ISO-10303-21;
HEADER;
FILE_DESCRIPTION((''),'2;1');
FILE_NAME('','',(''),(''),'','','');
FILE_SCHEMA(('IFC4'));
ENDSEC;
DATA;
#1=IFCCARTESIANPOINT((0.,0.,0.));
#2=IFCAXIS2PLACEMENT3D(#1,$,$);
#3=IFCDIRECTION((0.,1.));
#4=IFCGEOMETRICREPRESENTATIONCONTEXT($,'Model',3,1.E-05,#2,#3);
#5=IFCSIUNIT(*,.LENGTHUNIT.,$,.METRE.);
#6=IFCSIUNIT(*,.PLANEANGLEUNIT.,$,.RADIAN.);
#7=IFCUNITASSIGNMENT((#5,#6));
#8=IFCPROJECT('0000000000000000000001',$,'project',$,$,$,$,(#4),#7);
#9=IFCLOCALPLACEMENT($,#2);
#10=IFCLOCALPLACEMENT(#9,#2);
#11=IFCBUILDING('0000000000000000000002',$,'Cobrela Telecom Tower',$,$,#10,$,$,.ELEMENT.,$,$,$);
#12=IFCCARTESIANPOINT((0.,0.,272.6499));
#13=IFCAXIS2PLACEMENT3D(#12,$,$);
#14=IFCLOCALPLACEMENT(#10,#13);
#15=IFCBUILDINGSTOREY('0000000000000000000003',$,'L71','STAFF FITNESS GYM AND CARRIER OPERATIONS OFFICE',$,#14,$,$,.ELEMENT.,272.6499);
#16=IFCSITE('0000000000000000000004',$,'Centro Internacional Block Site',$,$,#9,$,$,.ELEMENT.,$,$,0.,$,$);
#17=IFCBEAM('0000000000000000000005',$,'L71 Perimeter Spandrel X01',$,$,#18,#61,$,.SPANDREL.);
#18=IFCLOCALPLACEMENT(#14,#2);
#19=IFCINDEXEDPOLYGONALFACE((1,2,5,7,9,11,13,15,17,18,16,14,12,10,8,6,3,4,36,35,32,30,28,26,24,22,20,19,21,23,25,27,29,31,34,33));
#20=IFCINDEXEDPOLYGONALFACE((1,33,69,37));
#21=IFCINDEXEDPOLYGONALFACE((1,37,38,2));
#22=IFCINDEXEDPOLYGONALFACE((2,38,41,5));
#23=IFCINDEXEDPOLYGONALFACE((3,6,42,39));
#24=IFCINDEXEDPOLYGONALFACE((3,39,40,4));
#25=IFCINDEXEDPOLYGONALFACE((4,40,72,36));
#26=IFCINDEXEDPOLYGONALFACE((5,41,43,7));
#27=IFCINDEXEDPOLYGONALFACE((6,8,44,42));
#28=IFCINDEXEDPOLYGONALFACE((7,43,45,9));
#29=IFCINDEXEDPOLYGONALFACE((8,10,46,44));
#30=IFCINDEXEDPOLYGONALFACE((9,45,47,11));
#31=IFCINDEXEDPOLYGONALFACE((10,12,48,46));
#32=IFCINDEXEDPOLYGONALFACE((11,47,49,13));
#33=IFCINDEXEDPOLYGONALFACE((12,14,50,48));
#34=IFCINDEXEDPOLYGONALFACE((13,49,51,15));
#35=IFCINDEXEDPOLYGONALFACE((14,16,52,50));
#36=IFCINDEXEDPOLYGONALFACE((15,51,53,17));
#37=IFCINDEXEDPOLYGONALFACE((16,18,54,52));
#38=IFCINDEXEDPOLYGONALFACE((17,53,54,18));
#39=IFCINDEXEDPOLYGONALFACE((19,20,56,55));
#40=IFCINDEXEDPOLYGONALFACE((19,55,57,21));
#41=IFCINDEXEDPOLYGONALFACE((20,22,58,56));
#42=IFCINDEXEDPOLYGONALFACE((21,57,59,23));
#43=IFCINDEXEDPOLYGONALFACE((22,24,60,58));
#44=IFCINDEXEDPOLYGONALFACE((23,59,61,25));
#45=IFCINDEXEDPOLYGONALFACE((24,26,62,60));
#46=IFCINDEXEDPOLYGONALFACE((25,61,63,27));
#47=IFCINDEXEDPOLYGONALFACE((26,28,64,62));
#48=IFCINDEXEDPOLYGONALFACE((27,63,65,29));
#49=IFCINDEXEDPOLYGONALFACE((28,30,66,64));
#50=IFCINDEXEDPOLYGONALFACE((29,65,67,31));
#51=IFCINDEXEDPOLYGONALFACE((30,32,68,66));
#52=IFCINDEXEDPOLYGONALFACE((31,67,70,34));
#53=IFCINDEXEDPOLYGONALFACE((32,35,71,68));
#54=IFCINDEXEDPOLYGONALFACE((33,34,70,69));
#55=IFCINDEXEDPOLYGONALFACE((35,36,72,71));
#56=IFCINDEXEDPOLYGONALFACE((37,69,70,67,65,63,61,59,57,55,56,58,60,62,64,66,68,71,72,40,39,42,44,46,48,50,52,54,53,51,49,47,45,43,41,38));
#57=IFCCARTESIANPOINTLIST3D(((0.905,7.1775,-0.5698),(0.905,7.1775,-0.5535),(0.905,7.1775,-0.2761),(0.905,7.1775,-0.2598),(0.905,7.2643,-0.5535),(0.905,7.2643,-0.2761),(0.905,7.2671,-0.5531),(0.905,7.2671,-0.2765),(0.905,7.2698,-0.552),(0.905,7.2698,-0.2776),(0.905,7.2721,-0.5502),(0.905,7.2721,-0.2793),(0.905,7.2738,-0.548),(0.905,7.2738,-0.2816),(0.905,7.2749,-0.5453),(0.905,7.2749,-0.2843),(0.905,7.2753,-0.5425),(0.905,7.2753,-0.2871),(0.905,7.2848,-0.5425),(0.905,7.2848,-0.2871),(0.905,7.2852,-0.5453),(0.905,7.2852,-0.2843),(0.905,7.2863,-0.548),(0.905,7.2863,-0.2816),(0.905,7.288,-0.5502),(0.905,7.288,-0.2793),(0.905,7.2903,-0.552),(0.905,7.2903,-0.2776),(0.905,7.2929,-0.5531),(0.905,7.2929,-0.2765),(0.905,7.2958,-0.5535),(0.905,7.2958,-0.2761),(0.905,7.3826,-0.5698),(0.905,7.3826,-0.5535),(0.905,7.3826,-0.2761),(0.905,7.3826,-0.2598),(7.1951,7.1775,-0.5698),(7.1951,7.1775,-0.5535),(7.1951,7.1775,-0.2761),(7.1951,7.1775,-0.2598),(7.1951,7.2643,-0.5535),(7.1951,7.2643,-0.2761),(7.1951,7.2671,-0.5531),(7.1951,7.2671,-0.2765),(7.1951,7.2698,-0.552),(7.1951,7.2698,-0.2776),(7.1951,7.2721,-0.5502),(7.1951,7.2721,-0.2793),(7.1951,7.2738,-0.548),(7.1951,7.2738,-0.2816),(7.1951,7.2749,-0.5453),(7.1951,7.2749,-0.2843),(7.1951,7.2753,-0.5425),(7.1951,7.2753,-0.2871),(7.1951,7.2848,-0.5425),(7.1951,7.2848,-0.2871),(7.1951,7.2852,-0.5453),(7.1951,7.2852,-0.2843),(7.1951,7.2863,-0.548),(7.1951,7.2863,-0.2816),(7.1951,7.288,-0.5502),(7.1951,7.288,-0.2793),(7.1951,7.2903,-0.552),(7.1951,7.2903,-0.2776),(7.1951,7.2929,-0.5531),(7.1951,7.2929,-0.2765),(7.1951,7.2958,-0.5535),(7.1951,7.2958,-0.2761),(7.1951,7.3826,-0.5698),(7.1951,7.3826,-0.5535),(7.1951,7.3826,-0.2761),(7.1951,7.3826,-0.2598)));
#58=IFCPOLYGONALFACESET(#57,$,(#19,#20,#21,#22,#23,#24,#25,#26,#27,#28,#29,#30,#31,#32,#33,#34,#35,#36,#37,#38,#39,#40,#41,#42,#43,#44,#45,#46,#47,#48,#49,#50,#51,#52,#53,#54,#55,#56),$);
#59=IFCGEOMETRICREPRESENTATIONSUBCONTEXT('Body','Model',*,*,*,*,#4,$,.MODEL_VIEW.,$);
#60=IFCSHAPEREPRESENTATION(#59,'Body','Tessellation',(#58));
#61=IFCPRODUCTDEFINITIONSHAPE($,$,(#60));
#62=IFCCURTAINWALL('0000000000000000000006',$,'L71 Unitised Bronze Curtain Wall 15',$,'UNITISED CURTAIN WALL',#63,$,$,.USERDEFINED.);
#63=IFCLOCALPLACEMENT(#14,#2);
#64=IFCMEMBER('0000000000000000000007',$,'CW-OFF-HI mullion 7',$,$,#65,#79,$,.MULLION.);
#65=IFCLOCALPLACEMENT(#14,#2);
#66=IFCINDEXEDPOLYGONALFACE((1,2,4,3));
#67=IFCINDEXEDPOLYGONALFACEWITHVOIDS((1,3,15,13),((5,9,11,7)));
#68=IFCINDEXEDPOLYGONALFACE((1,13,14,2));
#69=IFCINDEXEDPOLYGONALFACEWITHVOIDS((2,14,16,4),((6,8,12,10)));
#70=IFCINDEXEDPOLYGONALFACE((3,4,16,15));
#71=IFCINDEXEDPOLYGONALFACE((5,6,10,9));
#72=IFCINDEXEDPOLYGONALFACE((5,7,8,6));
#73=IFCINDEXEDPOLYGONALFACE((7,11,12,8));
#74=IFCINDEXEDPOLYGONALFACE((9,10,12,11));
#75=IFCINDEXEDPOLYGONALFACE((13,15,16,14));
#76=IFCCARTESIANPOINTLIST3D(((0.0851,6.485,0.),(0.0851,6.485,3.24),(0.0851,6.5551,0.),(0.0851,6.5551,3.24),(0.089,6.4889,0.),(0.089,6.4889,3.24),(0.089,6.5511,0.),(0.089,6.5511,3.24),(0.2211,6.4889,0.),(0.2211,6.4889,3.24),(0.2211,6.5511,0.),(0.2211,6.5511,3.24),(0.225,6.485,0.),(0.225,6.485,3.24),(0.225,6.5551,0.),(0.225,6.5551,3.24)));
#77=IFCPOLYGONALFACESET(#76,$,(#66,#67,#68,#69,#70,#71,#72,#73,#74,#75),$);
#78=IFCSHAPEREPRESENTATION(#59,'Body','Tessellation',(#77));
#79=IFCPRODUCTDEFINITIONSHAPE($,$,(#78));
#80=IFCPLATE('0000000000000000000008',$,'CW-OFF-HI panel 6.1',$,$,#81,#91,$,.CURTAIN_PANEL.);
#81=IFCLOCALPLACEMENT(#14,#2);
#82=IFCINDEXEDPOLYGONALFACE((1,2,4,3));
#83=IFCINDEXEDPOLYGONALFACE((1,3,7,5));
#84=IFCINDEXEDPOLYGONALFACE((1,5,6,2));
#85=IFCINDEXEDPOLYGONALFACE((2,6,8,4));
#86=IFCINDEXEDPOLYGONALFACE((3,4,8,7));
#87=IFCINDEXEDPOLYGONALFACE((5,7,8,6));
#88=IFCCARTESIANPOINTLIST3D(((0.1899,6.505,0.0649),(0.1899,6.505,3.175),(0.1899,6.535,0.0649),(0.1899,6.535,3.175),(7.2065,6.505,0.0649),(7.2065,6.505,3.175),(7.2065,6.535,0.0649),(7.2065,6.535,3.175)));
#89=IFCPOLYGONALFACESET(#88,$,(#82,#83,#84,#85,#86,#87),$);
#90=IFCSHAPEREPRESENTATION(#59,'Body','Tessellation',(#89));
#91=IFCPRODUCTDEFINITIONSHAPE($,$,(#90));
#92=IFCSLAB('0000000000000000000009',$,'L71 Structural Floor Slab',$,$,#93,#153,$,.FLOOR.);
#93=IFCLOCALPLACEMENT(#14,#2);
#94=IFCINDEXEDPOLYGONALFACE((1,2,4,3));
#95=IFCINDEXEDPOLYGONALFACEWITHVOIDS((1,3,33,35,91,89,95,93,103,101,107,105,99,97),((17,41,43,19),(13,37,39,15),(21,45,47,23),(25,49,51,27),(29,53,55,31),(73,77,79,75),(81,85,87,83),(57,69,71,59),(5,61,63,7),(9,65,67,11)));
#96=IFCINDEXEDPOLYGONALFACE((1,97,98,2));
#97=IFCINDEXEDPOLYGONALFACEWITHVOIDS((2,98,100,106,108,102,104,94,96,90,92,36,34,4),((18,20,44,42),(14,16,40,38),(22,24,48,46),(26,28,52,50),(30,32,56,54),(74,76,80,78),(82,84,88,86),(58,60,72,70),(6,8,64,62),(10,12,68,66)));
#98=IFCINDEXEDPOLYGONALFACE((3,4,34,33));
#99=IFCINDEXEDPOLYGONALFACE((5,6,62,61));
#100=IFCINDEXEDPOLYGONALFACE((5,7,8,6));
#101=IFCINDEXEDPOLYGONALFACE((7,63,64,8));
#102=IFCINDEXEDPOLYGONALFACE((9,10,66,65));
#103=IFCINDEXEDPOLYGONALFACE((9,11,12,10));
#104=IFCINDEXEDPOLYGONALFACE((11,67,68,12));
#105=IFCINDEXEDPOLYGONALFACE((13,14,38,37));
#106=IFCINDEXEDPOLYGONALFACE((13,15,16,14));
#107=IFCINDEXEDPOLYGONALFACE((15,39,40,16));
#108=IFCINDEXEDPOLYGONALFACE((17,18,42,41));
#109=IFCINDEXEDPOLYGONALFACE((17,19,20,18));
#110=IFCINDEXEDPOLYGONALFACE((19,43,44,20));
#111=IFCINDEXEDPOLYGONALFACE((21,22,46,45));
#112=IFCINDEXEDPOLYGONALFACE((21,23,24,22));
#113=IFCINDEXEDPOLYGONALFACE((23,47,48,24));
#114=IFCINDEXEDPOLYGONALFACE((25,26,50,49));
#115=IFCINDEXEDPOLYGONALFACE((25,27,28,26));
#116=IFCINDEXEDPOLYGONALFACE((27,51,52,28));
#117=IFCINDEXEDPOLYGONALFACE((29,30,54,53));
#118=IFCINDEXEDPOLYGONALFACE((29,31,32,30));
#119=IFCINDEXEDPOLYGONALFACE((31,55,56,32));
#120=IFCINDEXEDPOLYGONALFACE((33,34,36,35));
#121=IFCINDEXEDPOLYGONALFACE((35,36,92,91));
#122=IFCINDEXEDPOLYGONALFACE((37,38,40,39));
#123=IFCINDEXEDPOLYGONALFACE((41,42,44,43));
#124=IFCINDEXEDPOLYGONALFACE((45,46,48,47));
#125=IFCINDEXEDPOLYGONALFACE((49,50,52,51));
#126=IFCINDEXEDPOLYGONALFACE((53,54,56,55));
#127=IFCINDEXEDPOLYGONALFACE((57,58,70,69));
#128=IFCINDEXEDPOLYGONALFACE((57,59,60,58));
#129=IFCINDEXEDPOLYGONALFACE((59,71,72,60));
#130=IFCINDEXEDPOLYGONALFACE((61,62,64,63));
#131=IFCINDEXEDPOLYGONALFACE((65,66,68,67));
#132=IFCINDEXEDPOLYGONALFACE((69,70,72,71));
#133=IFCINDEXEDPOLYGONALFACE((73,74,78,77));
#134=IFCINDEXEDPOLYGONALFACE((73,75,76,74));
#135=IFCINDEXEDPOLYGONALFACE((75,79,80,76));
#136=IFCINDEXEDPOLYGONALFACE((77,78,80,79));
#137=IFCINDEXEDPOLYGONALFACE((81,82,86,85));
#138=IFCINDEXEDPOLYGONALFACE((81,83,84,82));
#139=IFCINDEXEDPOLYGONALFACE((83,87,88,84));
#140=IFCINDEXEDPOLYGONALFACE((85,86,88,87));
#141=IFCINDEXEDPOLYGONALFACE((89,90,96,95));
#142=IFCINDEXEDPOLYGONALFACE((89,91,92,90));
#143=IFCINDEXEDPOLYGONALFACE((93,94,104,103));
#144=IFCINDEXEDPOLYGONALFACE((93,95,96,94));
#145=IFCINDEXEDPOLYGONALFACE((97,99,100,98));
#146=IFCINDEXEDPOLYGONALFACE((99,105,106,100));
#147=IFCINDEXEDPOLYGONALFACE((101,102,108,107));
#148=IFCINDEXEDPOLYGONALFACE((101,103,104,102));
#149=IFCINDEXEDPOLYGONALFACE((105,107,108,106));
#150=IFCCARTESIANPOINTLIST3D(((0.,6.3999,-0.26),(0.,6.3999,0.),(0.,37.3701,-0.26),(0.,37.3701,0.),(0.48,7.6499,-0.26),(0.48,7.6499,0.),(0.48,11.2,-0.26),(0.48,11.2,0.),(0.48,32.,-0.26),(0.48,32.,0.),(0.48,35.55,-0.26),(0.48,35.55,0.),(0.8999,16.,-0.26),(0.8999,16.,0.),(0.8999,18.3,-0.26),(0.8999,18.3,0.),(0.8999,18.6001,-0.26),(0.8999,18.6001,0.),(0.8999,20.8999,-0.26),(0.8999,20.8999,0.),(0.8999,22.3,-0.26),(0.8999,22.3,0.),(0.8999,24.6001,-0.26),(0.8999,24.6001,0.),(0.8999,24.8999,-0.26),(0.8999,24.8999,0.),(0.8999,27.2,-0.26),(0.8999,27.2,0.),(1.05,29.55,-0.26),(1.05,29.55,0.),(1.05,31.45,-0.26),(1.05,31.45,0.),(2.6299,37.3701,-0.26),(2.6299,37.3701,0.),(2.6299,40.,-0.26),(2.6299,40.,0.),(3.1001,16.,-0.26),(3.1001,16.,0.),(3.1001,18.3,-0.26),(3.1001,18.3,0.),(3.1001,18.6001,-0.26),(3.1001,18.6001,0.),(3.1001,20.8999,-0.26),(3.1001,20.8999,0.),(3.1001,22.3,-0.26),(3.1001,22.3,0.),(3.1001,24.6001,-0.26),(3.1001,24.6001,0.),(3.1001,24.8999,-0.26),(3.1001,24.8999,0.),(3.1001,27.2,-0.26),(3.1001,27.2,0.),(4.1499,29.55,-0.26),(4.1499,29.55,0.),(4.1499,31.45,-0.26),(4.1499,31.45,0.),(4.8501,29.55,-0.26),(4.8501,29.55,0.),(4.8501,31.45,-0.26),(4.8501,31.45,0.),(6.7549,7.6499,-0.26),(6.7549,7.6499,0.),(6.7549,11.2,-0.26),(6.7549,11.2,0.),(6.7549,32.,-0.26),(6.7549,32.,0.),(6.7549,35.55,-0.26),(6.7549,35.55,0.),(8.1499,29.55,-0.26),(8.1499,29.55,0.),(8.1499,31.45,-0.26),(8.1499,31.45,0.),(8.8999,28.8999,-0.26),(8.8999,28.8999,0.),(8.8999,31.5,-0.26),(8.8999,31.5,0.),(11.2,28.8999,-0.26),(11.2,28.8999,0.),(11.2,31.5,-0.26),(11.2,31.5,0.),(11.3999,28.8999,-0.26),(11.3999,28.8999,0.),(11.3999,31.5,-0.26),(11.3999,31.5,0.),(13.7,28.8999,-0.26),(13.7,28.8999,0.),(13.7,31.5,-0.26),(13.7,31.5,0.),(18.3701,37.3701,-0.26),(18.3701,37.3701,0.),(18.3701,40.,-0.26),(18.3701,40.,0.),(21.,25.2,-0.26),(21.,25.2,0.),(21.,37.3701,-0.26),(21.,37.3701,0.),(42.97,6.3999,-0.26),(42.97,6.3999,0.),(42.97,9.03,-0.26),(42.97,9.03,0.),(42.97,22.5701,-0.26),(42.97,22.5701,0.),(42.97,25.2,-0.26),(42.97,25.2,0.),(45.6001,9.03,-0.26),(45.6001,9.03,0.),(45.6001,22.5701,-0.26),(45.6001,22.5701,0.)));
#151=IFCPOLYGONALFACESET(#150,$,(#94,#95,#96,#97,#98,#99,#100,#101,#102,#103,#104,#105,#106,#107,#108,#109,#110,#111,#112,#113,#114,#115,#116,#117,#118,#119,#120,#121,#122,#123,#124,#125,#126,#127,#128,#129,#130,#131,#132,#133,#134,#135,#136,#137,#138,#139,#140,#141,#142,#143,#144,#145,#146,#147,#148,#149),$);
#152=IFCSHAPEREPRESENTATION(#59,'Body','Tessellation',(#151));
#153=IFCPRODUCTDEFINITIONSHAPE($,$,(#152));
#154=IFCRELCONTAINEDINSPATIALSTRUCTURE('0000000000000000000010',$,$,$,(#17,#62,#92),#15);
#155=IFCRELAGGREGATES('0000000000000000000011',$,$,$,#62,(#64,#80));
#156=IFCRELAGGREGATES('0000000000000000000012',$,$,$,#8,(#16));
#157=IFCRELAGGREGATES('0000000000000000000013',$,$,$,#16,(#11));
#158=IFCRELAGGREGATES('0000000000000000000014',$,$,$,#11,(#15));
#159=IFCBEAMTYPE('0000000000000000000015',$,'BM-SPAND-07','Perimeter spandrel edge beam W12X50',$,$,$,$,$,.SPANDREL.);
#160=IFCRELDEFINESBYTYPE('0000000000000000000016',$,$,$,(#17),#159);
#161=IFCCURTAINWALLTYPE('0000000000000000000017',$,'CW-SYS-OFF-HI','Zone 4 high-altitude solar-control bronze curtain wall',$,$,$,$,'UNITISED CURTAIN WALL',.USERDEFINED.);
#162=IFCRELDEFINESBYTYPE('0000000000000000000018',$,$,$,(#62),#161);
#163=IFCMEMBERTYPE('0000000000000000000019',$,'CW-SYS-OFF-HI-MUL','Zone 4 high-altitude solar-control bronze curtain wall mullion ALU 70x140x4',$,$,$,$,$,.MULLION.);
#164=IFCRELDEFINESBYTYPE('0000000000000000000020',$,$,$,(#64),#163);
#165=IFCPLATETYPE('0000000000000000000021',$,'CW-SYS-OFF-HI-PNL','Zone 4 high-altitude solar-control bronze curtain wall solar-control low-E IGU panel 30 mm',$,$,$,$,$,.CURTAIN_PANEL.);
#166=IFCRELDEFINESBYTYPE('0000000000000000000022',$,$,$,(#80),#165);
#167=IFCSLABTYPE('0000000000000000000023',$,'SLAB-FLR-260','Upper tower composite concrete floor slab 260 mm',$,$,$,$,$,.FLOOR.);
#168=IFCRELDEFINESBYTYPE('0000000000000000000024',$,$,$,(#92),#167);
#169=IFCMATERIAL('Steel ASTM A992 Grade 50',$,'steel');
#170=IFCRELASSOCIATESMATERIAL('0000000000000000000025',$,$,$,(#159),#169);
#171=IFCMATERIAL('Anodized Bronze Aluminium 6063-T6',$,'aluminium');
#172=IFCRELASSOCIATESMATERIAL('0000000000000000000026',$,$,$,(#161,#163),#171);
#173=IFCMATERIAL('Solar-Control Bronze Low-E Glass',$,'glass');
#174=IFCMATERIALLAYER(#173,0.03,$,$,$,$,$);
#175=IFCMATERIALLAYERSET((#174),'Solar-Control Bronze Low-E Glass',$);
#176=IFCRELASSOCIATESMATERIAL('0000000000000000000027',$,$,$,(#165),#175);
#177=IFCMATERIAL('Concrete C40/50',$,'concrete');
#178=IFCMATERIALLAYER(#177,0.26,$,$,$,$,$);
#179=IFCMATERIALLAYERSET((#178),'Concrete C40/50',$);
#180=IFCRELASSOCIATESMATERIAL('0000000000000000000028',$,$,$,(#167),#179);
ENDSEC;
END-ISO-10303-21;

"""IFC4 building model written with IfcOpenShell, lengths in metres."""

from ifc_helpers import new_model, si_unit, direction, frame, origin, origin_2d, place, context, subcontext, project, spatial, polyline, rectangle, hollow_rectangle, i_section, outline, extrude, material, layer, layer_set, material_profile, profile_set, type_object, element, aggregate, save


model = new_model("IFC4")

# Units and contexts
model_context = context("Model", 3, precision=1e-05, world=origin(), true_north=direction((0.0, 1.0)))
body_context = subcontext(model_context, "Body", "Model", "MODEL_VIEW")
ifc_project = project(units=[si_unit("LENGTHUNIT", "METRE"), si_unit("PLANEANGLEUNIT", "RADIAN")], contexts=[model_context])

# Site, building, storey
site_placement = place(None, origin())
site = spatial("IfcSite", under=ifc_project, at=site_placement, Name="Centro Internacional Block Site", CompositionType="ELEMENT", RefElevation=0.0)
building_placement = place(site_placement, origin())
building = spatial("IfcBuilding", under=site, at=building_placement, Name="Cobrela Telecom Tower", CompositionType="ELEMENT")
storey_placement = place(building_placement, frame((0.0, 0.0, 272.6499)))
storey = spatial("IfcBuildingStorey", under=building, at=storey_placement, Name="L71", Description="STAFF FITNESS GYM AND CARRIER OPERATIONS OFFICE", CompositionType="ELEMENT", Elevation=272.6499)

# Beam
ifc_material_1 = material(Name="Steel ASTM A992 Grade 50", Category="steel")
ifc_material_profile_1 = material_profile(ifc_material_1, i_section(OverallWidth=0.2051, OverallDepth=0.3101, WebThickness=0.0095, FlangeThickness=0.0164, FilletRadius=0.011, at=origin_2d()), Name="W12X50")
ifc_profile_set_1 = profile_set([ifc_material_profile_1], Name="Steel ASTM A992 Grade 50")
beam_type = type_object("IfcBeamType", Name="BM-SPAND-07", Description="Perimeter spandrel edge beam W12X50", PredefinedType="SPANDREL", material=ifc_profile_set_1)
beam_placement = place(storey_placement, frame((0.905, 7.28, -0.4148), z_axis=(1.0, 0.0, 0.0), x_axis=(0.0, 1.0, 0.0)))
element("IfcBeam", 1, at=beam_placement, inside=storey, type_object=beam_type, Name="L71 Perimeter Spandrel X01", PredefinedType="SPANDREL", context=body_context, shape_type="SweptSolid", body=[
    extrude(i_section(OverallWidth=0.2051, OverallDepth=0.3101, WebThickness=0.0095, FlangeThickness=0.0164, FilletRadius=0.011, at=origin_2d()), origin(), (0.0, 0.0, 1.0), 6.29),
])

# Curtain wall, member, plate
ifc_material_2 = material(Name="Anodized Bronze Aluminium 6063-T6", Category="aluminium")
curtain_wall_type = type_object("IfcCurtainWallType", Name="CW-SYS-OFF-HI", Description="Zone 4 high-altitude solar-control bronze curtain wall", ElementType="UNITISED CURTAIN WALL", PredefinedType="USERDEFINED", material=ifc_material_2)
curtain_wall_placement = place(storey_placement, origin())
curtain_wall = element("IfcCurtainWall", 2, at=curtain_wall_placement, inside=storey, type_object=curtain_wall_type, Name="L71 Unitised Bronze Curtain Wall 15", ObjectType="UNITISED CURTAIN WALL", PredefinedType="USERDEFINED")
ifc_material_profile_2 = material_profile(ifc_material_2, hollow_rectangle(XDim=0.0701, YDim=0.1399, WallThickness=0.0039, at=origin_2d()), Name="ALU 70x140x4")
ifc_profile_set_2 = profile_set([ifc_material_profile_2], Name="Anodized Bronze Aluminium 6063-T6")
member_type = type_object("IfcMemberType", Name="CW-SYS-OFF-HI-MUL", Description="Zone 4 high-altitude solar-control bronze curtain wall mullion ALU 70x140x4", PredefinedType="MULLION", material=ifc_profile_set_2)
member_placement = place(storey_placement, frame((0.155, 6.52, 0.0), z_axis=(0.0, 0.0, 1.0), x_axis=(0.0, -1.0, 0.0)))
member = element("IfcMember", 3, at=member_placement, type_object=member_type, Name="CW-OFF-HI mullion 7", PredefinedType="MULLION", context=body_context, shape_type="SweptSolid", body=[
    extrude(hollow_rectangle(XDim=0.0701, YDim=0.1399, WallThickness=0.0039, at=origin_2d()), origin(), (0.0, 0.0, 1.0), 3.24),
])
ifc_material_3 = material(Name="Solar-Control Bronze Low-E Glass", Category="glass")
ifc_layer_1 = layer(ifc_material_3, 0.03)
ifc_layer_set_1 = layer_set([ifc_layer_1], Name="Solar-Control Bronze Low-E Glass")
plate_type = type_object("IfcPlateType", Name="CW-SYS-OFF-HI-PNL", Description="Zone 4 high-altitude solar-control bronze curtain wall solar-control low-E IGU panel 30 mm", PredefinedType="CURTAIN_PANEL", material=ifc_layer_set_1)
plate_placement = place(storey_placement, frame((3.6982, 6.52, 0.0649), z_axis=(0.0, 0.0, 1.0), x_axis=(-1.0, 0.0, 0.0)))
plate = element("IfcPlate", 4, at=plate_placement, type_object=plate_type, Name="CW-OFF-HI panel 6.1", PredefinedType="CURTAIN_PANEL", context=body_context, shape_type="SweptSolid", body=[
    extrude(rectangle(XDim=7.0166, YDim=0.03, at=origin_2d()), origin(), (0.0, 0.0, 1.0), 3.1101),
])
aggregate(curtain_wall, [member, plate])

# Slab, openings
ifc_material_4 = material(Name="Concrete C40/50", Category="concrete")
ifc_layer_2 = layer(ifc_material_4, 0.26)
ifc_layer_set_2 = layer_set([ifc_layer_2], Name="Concrete C40/50")
slab_type_1 = type_object("IfcSlabType", Name="SLAB-FLR-260", Description="Upper tower composite concrete floor slab 260 mm", PredefinedType="FLOOR", material=ifc_layer_set_2)
slab_1_placement = place(storey_placement, frame((0.0, 0.0, -0.26)))
slab_1 = element("IfcSlab", 5, at=slab_1_placement, inside=storey, type_object=slab_type_1, Name="L71 Structural Floor Slab", PredefinedType="FLOOR", context=body_context, shape_type="SweptSolid", body=[
    extrude(outline(polyline([(0.0, 6.3999), (42.97, 6.3999), (42.97, 9.03), (45.6001, 9.03), (45.6001, 22.5701), (42.97, 22.5701), (42.97, 25.2), (21.0, 25.2), (21.0, 37.3701), (18.3701, 37.3701), (18.3701, 40.0), (2.6299, 40.0), (2.6299, 37.3701), (0.0, 37.3701), (0.0, 6.3999)])), origin(), (0.0, 0.0, 1.0), 0.26),
])
opening_1_placement = place(slab_1_placement, frame((0.0, 0.0, -0.02)))
element("IfcOpeningElement", 6, at=opening_1_placement, cuts=slab_1, PredefinedType="OPENING", context=body_context, shape_type="SweptSolid", body=[
    extrude(outline(polyline([(8.8999, 28.8999), (11.2, 28.8999), (11.2, 31.5), (8.8999, 31.5), (8.8999, 28.8999)])), origin(), (0.0, 0.0, 1.0), 0.3),
])
opening_2_placement = place(slab_1_placement, frame((0.0, 0.0, -0.02)))
element("IfcOpeningElement", 7, at=opening_2_placement, cuts=slab_1, PredefinedType="OPENING", context=body_context, shape_type="SweptSolid", body=[
    extrude(outline(polyline([(11.3999, 28.8999), (13.7, 28.8999), (13.7, 31.5), (11.3999, 31.5), (11.3999, 28.8999)])), origin(), (0.0, 0.0, 1.0), 0.3),
])
opening_3_placement = place(slab_1_placement, frame((0.0, 0.0, -0.02)))
element("IfcOpeningElement", 8, at=opening_3_placement, cuts=slab_1, PredefinedType="OPENING", context=body_context, shape_type="SweptSolid", body=[
    extrude(outline(polyline([(0.8999, 16.0), (3.1001, 16.0), (3.1001, 18.3), (0.8999, 18.3), (0.8999, 16.0)])), origin(), (0.0, 0.0, 1.0), 0.3),
])
opening_4_placement = place(slab_1_placement, frame((0.0, 0.0, -0.02)))
element("IfcOpeningElement", 9, at=opening_4_placement, cuts=slab_1, PredefinedType="OPENING", context=body_context, shape_type="SweptSolid", body=[
    extrude(outline(polyline([(0.8999, 18.6001), (3.1001, 18.6001), (3.1001, 20.8999), (0.8999, 20.8999), (0.8999, 18.6001)])), origin(), (0.0, 0.0, 1.0), 0.3),
])
opening_5_placement = place(slab_1_placement, frame((0.0, 0.0, -0.02)))
element("IfcOpeningElement", 10, at=opening_5_placement, cuts=slab_1, PredefinedType="OPENING", context=body_context, shape_type="SweptSolid", body=[
    extrude(outline(polyline([(0.8999, 22.3), (3.1001, 22.3), (3.1001, 24.6001), (0.8999, 24.6001), (0.8999, 22.3)])), origin(), (0.0, 0.0, 1.0), 0.3),
])
opening_6_placement = place(slab_1_placement, frame((0.0, 0.0, -0.02)))
element("IfcOpeningElement", 11, at=opening_6_placement, cuts=slab_1, PredefinedType="OPENING", context=body_context, shape_type="SweptSolid", body=[
    extrude(outline(polyline([(0.8999, 24.8999), (3.1001, 24.8999), (3.1001, 27.2), (0.8999, 27.2), (0.8999, 24.8999)])), origin(), (0.0, 0.0, 1.0), 0.3),
])
opening_7_placement = place(slab_1_placement, frame((0.0, 0.0, -0.02)))
element("IfcOpeningElement", 12, at=opening_7_placement, cuts=slab_1, PredefinedType="OPENING", context=body_context, shape_type="SweptSolid", body=[
    extrude(outline(polyline([(1.05, 29.55), (4.1499, 29.55), (4.1499, 31.45), (1.05, 31.45), (1.05, 29.55)])), origin(), (0.0, 0.0, 1.0), 0.3),
])
opening_8_placement = place(slab_1_placement, frame((0.0, 0.0, -0.02)))
element("IfcOpeningElement", 13, at=opening_8_placement, cuts=slab_1, PredefinedType="OPENING", context=body_context, shape_type="SweptSolid", body=[
    extrude(outline(polyline([(4.8501, 29.55), (8.1499, 29.55), (8.1499, 31.45), (4.8501, 31.45), (4.8501, 29.55)])), origin(), (0.0, 0.0, 1.0), 0.3),
])
opening_9_placement = place(slab_1_placement, frame((0.0, 0.0, -0.02)))
element("IfcOpeningElement", 14, at=opening_9_placement, cuts=slab_1, PredefinedType="OPENING", context=body_context, shape_type="SweptSolid", body=[
    extrude(outline(polyline([(6.7549, 35.55), (0.48, 35.55), (0.48, 32.0), (6.7549, 32.0), (6.7549, 35.55)])), origin(), (0.0, 0.0, 1.0), 0.3),
])
opening_10_placement = place(slab_1_placement, frame((0.0, 0.0, -0.02)))
element("IfcOpeningElement", 15, at=opening_10_placement, cuts=slab_1, PredefinedType="OPENING", context=body_context, shape_type="SweptSolid", body=[
    extrude(outline(polyline([(6.7549, 11.2), (0.48, 11.2), (0.48, 7.6499), (6.7549, 7.6499), (6.7549, 11.2)])), origin(), (0.0, 0.0, 1.0), 0.3),
])

save(model, "model.ifc")
